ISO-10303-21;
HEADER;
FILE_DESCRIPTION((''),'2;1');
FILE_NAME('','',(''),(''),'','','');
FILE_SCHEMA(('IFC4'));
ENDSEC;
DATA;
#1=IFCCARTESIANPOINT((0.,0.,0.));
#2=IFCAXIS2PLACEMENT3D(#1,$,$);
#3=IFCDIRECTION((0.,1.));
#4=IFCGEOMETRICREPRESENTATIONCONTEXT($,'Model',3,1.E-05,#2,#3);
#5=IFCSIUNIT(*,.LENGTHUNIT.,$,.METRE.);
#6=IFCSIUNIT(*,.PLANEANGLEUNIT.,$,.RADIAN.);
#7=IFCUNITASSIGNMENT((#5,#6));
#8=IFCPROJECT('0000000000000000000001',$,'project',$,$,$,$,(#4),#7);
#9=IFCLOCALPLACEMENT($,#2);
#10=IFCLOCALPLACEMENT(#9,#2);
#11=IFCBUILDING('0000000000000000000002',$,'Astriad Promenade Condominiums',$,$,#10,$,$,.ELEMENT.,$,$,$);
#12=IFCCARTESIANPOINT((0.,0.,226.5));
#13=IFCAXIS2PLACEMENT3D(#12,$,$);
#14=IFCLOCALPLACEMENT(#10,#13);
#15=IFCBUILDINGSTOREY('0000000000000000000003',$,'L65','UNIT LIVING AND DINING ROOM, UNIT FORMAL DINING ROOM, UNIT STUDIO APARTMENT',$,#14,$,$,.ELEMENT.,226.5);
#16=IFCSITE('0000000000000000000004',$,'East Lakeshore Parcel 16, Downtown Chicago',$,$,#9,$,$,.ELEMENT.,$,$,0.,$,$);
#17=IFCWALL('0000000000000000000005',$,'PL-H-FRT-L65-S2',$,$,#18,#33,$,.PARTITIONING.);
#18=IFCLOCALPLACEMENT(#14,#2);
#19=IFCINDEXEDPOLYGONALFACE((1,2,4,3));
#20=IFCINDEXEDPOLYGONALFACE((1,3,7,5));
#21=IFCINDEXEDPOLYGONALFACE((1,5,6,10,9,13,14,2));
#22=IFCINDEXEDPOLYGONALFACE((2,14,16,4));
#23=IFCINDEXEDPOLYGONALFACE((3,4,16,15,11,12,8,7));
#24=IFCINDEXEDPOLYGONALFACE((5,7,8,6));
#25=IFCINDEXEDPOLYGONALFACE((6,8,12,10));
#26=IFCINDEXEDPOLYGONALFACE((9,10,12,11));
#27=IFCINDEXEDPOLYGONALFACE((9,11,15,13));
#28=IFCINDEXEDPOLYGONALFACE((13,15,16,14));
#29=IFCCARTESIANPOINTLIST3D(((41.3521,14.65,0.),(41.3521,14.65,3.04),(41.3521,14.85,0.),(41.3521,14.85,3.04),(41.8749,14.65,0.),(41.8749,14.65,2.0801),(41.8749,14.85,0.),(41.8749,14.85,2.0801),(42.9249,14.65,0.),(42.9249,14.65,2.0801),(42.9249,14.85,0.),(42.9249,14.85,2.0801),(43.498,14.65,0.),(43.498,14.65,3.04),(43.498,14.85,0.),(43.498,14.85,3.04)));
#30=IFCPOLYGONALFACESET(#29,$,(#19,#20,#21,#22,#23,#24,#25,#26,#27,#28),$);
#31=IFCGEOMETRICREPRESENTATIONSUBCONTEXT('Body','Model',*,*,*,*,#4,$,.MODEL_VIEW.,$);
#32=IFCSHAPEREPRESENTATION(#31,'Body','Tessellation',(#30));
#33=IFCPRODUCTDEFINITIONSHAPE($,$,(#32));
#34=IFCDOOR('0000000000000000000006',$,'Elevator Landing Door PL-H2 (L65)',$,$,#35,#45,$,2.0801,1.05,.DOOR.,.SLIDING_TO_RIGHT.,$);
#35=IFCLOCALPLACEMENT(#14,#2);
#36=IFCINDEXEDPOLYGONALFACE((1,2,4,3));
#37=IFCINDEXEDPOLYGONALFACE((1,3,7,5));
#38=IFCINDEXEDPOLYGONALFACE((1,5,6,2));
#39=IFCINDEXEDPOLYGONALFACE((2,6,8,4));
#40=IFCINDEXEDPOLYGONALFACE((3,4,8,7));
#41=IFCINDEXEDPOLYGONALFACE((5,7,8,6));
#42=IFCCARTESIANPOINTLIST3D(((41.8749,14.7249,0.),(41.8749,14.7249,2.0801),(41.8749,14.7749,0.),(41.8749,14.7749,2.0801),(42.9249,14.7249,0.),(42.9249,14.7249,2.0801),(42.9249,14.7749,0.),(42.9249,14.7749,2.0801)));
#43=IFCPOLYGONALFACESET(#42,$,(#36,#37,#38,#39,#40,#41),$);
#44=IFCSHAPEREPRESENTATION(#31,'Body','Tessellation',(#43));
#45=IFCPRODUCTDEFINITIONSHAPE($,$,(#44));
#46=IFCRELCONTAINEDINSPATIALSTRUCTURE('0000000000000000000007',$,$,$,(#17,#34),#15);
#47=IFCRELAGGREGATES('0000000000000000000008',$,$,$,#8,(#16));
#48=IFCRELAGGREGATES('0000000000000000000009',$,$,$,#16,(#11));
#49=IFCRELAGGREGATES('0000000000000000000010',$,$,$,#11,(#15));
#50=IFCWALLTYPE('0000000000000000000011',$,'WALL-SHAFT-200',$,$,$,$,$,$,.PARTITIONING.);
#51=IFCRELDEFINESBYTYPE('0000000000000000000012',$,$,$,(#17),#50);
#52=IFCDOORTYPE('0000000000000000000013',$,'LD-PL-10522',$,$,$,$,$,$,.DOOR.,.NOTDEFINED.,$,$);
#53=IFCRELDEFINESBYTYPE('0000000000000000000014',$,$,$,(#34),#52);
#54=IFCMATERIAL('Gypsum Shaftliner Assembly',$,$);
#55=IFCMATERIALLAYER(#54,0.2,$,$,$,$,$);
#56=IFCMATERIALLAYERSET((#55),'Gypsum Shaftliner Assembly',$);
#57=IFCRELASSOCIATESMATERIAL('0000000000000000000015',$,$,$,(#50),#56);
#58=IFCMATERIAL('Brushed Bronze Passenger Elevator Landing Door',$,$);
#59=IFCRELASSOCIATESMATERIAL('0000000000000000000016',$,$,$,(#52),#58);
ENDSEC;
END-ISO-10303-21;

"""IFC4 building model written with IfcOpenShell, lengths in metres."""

from ifc_helpers import new_model, si_unit, direction, frame, frame_2d, origin, place, context, subcontext, project, spatial, rectangle, extrude, source, transform, mapped, material, layer, layer_set, type_object, type_shapes, element, fill, save


model = new_model("IFC4")

# Units and contexts
model_context = context("Model", 3, precision=1e-05, world=origin(), true_north=direction((0.0, 1.0)))
body_context = subcontext(model_context, "Body", "Model", "MODEL_VIEW")
ifc_project = project(units=[si_unit("LENGTHUNIT", "METRE"), si_unit("PLANEANGLEUNIT", "RADIAN")], contexts=[model_context])

# Site, building, storey
site_placement = place(None, origin())
site = spatial("IfcSite", under=ifc_project, at=site_placement, Name="East Lakeshore Parcel 16, Downtown Chicago", CompositionType="ELEMENT", RefElevation=0.0)
building_placement = place(site_placement, origin())
building = spatial("IfcBuilding", under=site, at=building_placement, Name="Astriad Promenade Condominiums", CompositionType="ELEMENT")
storey_placement = place(building_placement, frame((0.0, 0.0, 226.5)))
storey = spatial("IfcBuildingStorey", under=building, at=storey_placement, Name="L65", Description="UNIT LIVING AND DINING ROOM, UNIT FORMAL DINING ROOM, UNIT STUDIO APARTMENT", CompositionType="ELEMENT", Elevation=226.5)

# Shared definitions
ifc_material_1 = material(Name="Gypsum Shaftliner Assembly")
ifc_layer_1 = layer(ifc_material_1, 0.2)
ifc_layer_set_1 = layer_set([ifc_layer_1], Name="Gypsum Shaftliner Assembly")
wall_type_1 = type_object("IfcWallType", Name="WALL-SHAFT-200", PredefinedType="PARTITIONING", material=ifc_layer_set_1)

# Wall, opening, door
ifc_material_2 = material(Name="Brushed Bronze Passenger Elevator Landing Door")
door_type_1 = type_object("IfcDoorType", Name="LD-PL-10522", OperationType="NOTDEFINED", PredefinedType="DOOR", material=ifc_material_2)
shared_shape_1 = source(origin(), body_context, "Body", "SweptSolid", [
    extrude(rectangle(XDim=1.05, YDim=2.0801, at=frame_2d((0.5249, 1.04))), frame((0.0, 0.0249, 0.0), z_axis=(0.0, -1.0, 0.0), x_axis=(1.0, 0.0, 0.0)), (0.0, 0.0, 1.0), 0.05),
])
type_shapes(door_type_1, [shared_shape_1])
wall_1_placement = place(storey_placement, frame((41.3521, 14.75, 0.0), z_axis=(0.0, 0.0, 1.0), x_axis=(1.0, 0.0, 0.0)))
wall_1 = element("IfcWall", 1, at=wall_1_placement, inside=storey, type_object=wall_type_1, Name="PL-H-FRT-L65-S2", PredefinedType="PARTITIONING", context=body_context, shape_type="SweptSolid", body=[
    extrude(rectangle(XDim=2.146, YDim=0.2, at=frame_2d((1.073, 0.0))), origin(), (0.0, 0.0, 1.0), 3.04),
])
opening_1_placement = place(wall_1_placement, frame((0.5229, 0.0, 0.0)))
opening_1 = element("IfcOpeningElement", 2, at=opening_1_placement, cuts=wall_1, PredefinedType="OPENING", context=body_context, shape_type="SweptSolid", body=[
    extrude(rectangle(XDim=1.05, YDim=2.0801, at=frame_2d((0.5249, 1.04))), frame((0.0, 0.1099, 0.0), z_axis=(0.0, -1.0, 0.0), x_axis=(1.0, 0.0, 0.0)), (0.0, 0.0, 1.0), 0.22),
])
door_1_placement = place(opening_1_placement, origin())
door_1 = element("IfcDoor", 3, at=door_1_placement, inside=storey, type_object=door_type_1, Name="Elevator Landing Door PL-H2 (L65)", OperationType="SLIDING_TO_RIGHT", OverallHeight=2.0801, OverallWidth=1.05, PredefinedType="DOOR", context=body_context, shape_type="MappedRepresentation", body=[
    mapped(shared_shape_1, transform((0.0, 0.0, 0.0), scale=1.0)),
])
fill(opening_1, door_1)

save(model, "model.ifc")
